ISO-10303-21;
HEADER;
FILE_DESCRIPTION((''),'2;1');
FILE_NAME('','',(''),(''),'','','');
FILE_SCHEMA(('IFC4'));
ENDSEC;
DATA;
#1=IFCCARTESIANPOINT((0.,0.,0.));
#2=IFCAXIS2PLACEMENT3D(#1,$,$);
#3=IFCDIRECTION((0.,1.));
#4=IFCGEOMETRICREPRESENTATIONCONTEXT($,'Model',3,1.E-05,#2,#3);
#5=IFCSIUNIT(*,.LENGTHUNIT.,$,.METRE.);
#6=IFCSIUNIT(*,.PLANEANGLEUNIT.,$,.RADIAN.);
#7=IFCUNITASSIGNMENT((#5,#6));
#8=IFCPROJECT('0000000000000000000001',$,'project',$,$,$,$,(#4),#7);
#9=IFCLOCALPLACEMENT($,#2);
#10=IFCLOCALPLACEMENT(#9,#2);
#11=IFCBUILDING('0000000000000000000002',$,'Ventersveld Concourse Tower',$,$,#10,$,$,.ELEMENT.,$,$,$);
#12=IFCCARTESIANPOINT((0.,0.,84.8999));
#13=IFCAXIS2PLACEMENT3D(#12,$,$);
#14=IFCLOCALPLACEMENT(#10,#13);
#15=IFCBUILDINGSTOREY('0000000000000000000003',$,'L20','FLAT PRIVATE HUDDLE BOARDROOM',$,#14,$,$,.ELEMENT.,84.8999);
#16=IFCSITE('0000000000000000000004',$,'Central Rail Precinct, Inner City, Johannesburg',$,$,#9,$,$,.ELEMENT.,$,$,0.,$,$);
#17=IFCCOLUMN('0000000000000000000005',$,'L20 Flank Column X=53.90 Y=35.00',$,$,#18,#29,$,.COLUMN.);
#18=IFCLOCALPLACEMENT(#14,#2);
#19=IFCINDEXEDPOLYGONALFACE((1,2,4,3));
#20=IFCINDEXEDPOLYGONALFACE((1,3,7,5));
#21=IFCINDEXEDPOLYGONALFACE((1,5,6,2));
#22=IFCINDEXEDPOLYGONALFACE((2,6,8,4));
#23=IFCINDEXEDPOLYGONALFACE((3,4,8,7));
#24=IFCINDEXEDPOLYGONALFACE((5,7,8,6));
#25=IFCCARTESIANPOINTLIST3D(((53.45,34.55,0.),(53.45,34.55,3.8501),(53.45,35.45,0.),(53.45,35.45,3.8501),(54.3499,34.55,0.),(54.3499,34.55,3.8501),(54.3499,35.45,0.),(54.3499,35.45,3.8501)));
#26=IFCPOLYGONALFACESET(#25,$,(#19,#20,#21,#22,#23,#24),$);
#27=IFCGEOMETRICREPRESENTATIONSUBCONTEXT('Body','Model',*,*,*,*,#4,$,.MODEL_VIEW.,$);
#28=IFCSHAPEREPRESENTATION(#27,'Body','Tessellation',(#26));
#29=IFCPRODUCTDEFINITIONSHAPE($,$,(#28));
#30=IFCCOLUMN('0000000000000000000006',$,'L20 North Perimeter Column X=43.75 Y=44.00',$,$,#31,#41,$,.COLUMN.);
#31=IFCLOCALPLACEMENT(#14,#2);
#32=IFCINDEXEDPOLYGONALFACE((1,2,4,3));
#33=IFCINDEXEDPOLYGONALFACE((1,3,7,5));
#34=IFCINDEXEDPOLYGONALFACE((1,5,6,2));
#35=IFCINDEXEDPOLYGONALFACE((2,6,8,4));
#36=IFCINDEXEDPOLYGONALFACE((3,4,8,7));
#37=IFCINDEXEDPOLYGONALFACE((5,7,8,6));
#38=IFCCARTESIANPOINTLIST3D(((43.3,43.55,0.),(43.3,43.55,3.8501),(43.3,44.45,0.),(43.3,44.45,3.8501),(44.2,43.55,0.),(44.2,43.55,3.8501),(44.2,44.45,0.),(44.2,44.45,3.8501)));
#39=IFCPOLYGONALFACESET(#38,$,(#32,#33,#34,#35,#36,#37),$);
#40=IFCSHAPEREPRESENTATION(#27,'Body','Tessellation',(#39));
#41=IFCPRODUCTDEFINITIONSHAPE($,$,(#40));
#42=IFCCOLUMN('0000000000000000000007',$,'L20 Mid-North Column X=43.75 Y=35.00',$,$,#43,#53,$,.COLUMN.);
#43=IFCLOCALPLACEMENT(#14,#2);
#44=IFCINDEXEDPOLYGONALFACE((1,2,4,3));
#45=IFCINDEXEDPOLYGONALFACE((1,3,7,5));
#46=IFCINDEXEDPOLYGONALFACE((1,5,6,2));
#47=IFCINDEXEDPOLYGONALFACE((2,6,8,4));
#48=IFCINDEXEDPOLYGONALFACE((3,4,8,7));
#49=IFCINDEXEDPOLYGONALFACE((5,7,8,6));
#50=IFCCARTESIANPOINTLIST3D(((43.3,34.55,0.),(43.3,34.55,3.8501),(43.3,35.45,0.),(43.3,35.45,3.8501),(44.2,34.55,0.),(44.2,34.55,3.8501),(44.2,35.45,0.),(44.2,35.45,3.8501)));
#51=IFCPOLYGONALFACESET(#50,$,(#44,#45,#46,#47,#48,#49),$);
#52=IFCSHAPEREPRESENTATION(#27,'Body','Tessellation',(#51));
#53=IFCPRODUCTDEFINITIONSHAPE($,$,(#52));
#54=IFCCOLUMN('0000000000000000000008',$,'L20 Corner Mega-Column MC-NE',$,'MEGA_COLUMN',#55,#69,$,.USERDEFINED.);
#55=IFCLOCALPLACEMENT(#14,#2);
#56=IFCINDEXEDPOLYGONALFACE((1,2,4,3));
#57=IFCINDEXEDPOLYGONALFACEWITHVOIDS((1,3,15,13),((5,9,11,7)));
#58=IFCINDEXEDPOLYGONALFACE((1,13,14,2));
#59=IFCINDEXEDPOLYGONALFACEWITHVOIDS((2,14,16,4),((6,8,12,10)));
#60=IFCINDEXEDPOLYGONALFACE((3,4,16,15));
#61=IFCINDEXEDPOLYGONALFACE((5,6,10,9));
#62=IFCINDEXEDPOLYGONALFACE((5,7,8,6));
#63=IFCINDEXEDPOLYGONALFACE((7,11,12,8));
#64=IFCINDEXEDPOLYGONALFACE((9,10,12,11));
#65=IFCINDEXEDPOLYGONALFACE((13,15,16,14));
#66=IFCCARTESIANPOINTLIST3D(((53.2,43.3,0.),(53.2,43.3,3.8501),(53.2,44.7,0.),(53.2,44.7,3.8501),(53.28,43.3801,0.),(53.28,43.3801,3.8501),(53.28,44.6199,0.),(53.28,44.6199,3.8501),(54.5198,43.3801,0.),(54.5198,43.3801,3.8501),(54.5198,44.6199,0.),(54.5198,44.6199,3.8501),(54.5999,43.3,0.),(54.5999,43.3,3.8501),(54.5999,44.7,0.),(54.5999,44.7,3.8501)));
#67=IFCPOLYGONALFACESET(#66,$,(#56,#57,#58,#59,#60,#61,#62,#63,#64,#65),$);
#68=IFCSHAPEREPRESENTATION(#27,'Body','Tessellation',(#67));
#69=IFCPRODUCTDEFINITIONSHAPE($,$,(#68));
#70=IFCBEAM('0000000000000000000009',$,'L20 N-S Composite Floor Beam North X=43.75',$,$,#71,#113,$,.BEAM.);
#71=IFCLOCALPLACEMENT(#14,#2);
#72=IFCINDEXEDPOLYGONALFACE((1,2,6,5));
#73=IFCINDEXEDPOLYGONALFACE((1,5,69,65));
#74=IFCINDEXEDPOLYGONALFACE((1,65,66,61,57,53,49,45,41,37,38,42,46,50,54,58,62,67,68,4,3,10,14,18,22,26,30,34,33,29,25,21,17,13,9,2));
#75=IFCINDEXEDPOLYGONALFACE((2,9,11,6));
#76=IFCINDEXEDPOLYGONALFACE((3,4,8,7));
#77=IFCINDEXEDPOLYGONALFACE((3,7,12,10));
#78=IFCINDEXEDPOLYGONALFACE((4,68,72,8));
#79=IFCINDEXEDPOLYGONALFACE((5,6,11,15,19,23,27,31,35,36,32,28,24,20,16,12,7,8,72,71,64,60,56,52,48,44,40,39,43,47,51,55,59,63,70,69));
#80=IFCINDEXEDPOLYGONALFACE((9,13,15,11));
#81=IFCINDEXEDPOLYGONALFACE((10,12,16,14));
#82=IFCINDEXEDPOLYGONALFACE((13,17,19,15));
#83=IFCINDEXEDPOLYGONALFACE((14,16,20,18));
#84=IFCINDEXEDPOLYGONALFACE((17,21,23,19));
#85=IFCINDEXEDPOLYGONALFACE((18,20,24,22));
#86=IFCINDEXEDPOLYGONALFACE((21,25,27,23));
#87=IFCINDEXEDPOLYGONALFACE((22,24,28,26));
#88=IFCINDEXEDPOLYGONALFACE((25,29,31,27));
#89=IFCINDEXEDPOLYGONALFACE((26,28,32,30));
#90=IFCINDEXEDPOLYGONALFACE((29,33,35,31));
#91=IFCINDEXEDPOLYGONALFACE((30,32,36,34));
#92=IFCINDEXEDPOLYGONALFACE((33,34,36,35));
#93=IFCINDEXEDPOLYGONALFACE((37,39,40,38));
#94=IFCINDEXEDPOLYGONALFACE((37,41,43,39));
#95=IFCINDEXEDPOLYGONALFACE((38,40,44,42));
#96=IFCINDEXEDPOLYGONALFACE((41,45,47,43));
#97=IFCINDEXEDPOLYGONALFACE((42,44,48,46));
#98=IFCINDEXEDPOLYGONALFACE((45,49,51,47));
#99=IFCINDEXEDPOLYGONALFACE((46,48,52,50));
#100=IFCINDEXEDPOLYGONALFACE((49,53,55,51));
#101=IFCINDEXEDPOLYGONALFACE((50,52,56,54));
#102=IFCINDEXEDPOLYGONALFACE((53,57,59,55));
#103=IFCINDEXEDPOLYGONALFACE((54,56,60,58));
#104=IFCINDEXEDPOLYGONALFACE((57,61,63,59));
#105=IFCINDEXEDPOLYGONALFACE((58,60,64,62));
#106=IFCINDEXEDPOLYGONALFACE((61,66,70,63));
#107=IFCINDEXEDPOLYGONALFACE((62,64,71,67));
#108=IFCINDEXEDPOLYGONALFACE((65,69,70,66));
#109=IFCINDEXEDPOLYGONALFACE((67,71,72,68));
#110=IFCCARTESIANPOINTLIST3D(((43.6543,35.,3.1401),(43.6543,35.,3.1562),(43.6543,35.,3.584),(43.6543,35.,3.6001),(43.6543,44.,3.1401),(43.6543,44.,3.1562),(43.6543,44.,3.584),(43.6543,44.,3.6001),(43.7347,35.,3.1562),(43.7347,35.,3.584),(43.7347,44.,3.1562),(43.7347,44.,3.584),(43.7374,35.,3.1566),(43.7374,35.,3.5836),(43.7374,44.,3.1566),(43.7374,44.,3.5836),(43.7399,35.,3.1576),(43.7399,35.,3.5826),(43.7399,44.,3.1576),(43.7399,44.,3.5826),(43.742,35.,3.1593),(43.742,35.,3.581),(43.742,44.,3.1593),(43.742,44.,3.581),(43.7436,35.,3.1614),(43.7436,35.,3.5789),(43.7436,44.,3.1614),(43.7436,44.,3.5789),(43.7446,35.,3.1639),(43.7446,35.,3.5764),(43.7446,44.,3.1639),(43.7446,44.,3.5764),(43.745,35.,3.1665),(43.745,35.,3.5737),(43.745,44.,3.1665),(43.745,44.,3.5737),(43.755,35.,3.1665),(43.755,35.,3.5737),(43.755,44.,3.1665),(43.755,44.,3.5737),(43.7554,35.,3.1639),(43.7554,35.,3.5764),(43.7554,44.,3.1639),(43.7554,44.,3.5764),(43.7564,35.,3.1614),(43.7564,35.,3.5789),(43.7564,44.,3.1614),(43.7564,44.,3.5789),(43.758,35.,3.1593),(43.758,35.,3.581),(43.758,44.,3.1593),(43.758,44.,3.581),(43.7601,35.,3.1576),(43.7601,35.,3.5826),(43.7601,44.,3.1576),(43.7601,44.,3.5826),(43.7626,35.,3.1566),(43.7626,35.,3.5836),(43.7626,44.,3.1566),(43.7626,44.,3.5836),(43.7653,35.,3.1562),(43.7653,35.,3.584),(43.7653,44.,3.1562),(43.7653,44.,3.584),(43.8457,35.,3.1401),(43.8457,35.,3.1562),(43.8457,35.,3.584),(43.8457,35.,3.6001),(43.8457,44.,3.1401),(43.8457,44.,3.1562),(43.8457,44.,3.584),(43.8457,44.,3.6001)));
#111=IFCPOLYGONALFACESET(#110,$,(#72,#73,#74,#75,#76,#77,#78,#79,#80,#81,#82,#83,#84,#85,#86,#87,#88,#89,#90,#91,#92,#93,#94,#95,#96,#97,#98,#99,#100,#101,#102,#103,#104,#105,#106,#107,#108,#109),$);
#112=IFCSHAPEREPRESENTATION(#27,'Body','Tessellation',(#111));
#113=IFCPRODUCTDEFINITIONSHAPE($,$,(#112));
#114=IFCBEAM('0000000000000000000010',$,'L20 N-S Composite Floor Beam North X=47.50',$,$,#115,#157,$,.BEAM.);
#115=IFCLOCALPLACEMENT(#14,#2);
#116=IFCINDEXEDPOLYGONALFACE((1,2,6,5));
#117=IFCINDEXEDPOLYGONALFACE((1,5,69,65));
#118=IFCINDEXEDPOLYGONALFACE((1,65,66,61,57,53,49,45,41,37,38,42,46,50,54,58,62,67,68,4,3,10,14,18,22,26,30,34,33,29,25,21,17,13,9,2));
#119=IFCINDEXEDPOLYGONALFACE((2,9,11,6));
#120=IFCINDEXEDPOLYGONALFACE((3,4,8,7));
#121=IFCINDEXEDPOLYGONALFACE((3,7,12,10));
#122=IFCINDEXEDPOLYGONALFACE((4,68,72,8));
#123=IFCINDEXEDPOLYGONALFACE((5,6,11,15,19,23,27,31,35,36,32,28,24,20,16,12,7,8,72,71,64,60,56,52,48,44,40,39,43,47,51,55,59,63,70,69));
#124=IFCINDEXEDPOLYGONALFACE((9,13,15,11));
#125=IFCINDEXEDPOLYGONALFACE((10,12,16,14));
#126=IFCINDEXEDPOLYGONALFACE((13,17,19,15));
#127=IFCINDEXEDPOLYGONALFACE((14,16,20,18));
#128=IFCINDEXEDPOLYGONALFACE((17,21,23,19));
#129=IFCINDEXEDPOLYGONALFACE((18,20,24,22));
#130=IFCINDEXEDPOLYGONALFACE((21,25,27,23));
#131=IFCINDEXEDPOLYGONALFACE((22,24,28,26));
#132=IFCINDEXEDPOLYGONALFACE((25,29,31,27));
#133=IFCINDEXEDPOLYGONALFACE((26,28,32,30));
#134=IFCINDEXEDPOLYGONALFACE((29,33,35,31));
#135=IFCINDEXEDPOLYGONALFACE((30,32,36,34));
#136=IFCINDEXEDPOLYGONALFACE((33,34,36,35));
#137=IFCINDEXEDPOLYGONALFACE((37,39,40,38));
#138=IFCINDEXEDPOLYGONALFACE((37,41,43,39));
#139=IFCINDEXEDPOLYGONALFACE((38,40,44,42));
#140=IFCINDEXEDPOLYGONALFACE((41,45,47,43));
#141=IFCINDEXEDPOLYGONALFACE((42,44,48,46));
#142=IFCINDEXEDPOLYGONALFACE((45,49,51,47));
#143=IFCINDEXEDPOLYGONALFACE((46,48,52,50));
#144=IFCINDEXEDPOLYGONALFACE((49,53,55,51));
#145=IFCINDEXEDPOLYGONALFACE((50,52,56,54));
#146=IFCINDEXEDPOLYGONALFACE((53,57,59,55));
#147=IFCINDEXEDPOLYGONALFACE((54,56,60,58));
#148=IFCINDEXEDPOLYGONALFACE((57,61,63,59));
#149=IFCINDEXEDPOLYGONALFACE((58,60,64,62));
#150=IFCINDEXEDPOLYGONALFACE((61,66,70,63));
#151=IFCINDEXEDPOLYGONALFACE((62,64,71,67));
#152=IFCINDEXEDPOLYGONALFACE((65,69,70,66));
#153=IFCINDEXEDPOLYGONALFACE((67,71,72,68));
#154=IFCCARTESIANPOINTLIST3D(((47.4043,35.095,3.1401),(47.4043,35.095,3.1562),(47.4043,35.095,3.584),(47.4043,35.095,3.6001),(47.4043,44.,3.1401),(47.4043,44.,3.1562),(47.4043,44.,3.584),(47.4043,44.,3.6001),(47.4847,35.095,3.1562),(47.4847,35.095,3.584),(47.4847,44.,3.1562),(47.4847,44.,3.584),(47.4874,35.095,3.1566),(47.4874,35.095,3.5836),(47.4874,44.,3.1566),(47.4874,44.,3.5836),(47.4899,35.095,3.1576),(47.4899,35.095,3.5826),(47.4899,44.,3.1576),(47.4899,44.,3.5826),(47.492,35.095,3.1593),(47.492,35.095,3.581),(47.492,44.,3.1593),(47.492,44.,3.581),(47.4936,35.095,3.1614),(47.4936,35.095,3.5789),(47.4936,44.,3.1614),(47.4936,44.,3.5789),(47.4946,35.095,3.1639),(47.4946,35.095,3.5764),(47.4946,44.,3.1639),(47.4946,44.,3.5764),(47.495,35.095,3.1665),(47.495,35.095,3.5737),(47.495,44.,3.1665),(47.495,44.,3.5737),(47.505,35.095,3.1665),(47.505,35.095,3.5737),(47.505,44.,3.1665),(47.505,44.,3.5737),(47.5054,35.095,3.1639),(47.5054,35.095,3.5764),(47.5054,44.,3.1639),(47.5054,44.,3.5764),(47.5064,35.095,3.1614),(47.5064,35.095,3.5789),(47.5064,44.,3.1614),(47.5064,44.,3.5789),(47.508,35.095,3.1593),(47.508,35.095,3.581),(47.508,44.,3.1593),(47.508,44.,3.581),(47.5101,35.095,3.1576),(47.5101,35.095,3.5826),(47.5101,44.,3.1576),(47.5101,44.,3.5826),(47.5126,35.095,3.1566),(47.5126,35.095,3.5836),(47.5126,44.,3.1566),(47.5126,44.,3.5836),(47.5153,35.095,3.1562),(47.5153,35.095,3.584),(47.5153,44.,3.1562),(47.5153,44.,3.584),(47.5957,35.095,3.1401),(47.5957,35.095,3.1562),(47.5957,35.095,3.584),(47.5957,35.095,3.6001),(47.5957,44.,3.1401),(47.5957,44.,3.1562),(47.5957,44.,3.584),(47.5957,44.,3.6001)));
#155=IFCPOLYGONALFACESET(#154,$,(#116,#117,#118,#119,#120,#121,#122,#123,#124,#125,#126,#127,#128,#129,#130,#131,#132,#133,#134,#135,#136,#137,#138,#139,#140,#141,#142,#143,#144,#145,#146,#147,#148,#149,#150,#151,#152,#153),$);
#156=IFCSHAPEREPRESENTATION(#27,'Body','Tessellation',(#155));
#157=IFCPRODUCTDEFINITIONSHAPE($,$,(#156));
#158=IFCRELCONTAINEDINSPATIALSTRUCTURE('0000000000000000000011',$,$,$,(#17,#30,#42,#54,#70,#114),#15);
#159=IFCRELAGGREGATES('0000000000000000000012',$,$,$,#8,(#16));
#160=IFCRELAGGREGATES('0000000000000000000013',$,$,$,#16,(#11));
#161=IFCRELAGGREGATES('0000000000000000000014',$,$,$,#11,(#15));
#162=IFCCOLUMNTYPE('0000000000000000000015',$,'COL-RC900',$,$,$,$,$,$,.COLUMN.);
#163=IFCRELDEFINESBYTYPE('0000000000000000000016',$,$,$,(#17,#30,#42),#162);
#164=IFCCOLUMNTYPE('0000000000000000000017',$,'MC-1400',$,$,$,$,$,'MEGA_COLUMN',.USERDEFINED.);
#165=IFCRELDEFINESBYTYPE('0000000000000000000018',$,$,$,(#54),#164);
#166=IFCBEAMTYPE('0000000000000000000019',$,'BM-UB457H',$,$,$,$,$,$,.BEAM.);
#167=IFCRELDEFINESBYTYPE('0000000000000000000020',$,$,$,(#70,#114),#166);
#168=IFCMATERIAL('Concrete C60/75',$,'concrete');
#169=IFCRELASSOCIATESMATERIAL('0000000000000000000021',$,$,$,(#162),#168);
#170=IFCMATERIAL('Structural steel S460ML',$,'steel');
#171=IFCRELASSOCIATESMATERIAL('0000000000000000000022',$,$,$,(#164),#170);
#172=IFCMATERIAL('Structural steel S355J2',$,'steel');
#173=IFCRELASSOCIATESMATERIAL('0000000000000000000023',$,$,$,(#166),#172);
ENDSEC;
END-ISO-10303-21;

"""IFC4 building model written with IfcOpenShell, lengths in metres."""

from ifc_helpers import new_model, si_unit, direction, frame, origin, origin_2d, place, context, subcontext, project, spatial, rectangle, hollow_rectangle, i_section, extrude, material, material_profile, profile_set, type_object, element, save


model = new_model("IFC4")

# Units and contexts
model_context = context("Model", 3, precision=1e-05, world=origin(), true_north=direction((0.0, 1.0)))
body_context = subcontext(model_context, "Body", "Model", "MODEL_VIEW")
ifc_project = project(units=[si_unit("LENGTHUNIT", "METRE"), si_unit("PLANEANGLEUNIT", "RADIAN")], contexts=[model_context])

# Site, building, storey
site_placement = place(None, origin())
site = spatial("IfcSite", under=ifc_project, at=site_placement, Name="Central Rail Precinct, Inner City, Johannesburg", CompositionType="ELEMENT", RefElevation=0.0)
building_placement = place(site_placement, origin())
building = spatial("IfcBuilding", under=site, at=building_placement, Name="Ventersveld Concourse Tower", CompositionType="ELEMENT")
storey_placement = place(building_placement, frame((0.0, 0.0, 84.8999)))
storey = spatial("IfcBuildingStorey", under=building, at=storey_placement, Name="L20", Description="FLAT PRIVATE HUDDLE BOARDROOM", CompositionType="ELEMENT", Elevation=84.8999)

# Columns
ifc_material_1 = material(Name="Concrete C60/75", Category="concrete")
ifc_material_profile_1 = material_profile(ifc_material_1, rectangle(XDim=0.8999, YDim=0.8999, at=origin_2d()), Name="RC 900x900")
ifc_profile_set_1 = profile_set([ifc_material_profile_1], Name="Concrete C60/75")
column_type_1 = type_object("IfcColumnType", Name="COL-RC900", PredefinedType="COLUMN", material=ifc_profile_set_1)
for number, where, z_axis, x_axis, name in (
    (1, (53.8999, 35.0, 0.0), (0.0, 0.0, 1.0), (1.0, 0.0, 0.0), "L20 Flank Column X=53.90 Y=35.00"),
    (2, (43.75, 44.0, 0.0), (0.0, 0.0, 1.0), (1.0, 0.0, 0.0), "L20 North Perimeter Column X=43.75 Y=44.00"),
    (3, (43.75, 35.0, 0.0), (0.0, 0.0, 1.0), (1.0, 0.0, 0.0), "L20 Mid-North Column X=43.75 Y=35.00"),
):
    element("IfcColumn", number, at=place(storey_placement, frame(where, z_axis=z_axis, x_axis=x_axis)), inside=storey, type_object=column_type_1, Name=name, PredefinedType="COLUMN", context=body_context, shape_type="SweptSolid", body=[
        extrude(rectangle(XDim=0.8999, YDim=0.8999, at=origin_2d()), origin(), (0.0, 0.0, 1.0), 3.8501),
    ])
ifc_material_2 = material(Name="Structural steel S460ML", Category="steel")
ifc_material_profile_2 = material_profile(ifc_material_2, hollow_rectangle(XDim=1.3999, YDim=1.3999, WallThickness=0.0801, at=origin_2d()), Name="BOX 1400x1400x80")
ifc_profile_set_2 = profile_set([ifc_material_profile_2], Name="Structural steel S460ML")
column_type_2 = type_object("IfcColumnType", Name="MC-1400", ElementType="MEGA_COLUMN", PredefinedType="USERDEFINED", material=ifc_profile_set_2)
column_placement = place(storey_placement, frame((53.8999, 44.0, 0.0), z_axis=(0.0, 0.0, 1.0), x_axis=(1.0, 0.0, 0.0)))
element("IfcColumn", 4, at=column_placement, inside=storey, type_object=column_type_2, Name="L20 Corner Mega-Column MC-NE", ObjectType="MEGA_COLUMN", PredefinedType="USERDEFINED", context=body_context, shape_type="SweptSolid", body=[
    extrude(hollow_rectangle(XDim=1.3999, YDim=1.3999, WallThickness=0.0801, at=origin_2d()), origin(), (0.0, 0.0, 1.0), 3.8501),
])

# Beams
ifc_material_3 = material(Name="Structural steel S355J2", Category="steel")
ifc_material_profile_3 = material_profile(ifc_material_3, i_section(OverallWidth=0.1914, OverallDepth=0.46, WebThickness=0.01, FlangeThickness=0.0161, FilletRadius=0.0103, at=origin_2d()), Name="UB 457x191x82")
ifc_profile_set_3 = profile_set([ifc_material_profile_3], Name="Structural steel S355J2")
beam_type_1 = type_object("IfcBeamType", Name="BM-UB457H", PredefinedType="BEAM", material=ifc_profile_set_3)
beam_1_placement = place(storey_placement, frame((43.75, 35.0, 3.3701), z_axis=(0.0, 1.0, 0.0), x_axis=(-1.0, 0.0, 0.0)))
element("IfcBeam", 5, at=beam_1_placement, inside=storey, type_object=beam_type_1, Name="L20 N-S Composite Floor Beam North X=43.75", PredefinedType="BEAM", context=body_context, shape_type="SweptSolid", body=[
    extrude(i_section(OverallWidth=0.1914, OverallDepth=0.46, WebThickness=0.01, FlangeThickness=0.0161, FilletRadius=0.0103, at=origin_2d()), origin(), (0.0, 0.0, 1.0), 9.0),
])
beam_2_placement = place(storey_placement, frame((47.5, 35.095, 3.3701), z_axis=(0.0, 1.0, 0.0), x_axis=(-1.0, 0.0, 0.0)))
element("IfcBeam", 6, at=beam_2_placement, inside=storey, type_object=beam_type_1, Name="L20 N-S Composite Floor Beam North X=47.50", PredefinedType="BEAM", context=body_context, shape_type="SweptSolid", body=[
    extrude(i_section(OverallWidth=0.1914, OverallDepth=0.46, WebThickness=0.01, FlangeThickness=0.0161, FilletRadius=0.0103, at=origin_2d()), origin(), (0.0, 0.0, 1.0), 8.905),
])

save(model, "model.ifc")
